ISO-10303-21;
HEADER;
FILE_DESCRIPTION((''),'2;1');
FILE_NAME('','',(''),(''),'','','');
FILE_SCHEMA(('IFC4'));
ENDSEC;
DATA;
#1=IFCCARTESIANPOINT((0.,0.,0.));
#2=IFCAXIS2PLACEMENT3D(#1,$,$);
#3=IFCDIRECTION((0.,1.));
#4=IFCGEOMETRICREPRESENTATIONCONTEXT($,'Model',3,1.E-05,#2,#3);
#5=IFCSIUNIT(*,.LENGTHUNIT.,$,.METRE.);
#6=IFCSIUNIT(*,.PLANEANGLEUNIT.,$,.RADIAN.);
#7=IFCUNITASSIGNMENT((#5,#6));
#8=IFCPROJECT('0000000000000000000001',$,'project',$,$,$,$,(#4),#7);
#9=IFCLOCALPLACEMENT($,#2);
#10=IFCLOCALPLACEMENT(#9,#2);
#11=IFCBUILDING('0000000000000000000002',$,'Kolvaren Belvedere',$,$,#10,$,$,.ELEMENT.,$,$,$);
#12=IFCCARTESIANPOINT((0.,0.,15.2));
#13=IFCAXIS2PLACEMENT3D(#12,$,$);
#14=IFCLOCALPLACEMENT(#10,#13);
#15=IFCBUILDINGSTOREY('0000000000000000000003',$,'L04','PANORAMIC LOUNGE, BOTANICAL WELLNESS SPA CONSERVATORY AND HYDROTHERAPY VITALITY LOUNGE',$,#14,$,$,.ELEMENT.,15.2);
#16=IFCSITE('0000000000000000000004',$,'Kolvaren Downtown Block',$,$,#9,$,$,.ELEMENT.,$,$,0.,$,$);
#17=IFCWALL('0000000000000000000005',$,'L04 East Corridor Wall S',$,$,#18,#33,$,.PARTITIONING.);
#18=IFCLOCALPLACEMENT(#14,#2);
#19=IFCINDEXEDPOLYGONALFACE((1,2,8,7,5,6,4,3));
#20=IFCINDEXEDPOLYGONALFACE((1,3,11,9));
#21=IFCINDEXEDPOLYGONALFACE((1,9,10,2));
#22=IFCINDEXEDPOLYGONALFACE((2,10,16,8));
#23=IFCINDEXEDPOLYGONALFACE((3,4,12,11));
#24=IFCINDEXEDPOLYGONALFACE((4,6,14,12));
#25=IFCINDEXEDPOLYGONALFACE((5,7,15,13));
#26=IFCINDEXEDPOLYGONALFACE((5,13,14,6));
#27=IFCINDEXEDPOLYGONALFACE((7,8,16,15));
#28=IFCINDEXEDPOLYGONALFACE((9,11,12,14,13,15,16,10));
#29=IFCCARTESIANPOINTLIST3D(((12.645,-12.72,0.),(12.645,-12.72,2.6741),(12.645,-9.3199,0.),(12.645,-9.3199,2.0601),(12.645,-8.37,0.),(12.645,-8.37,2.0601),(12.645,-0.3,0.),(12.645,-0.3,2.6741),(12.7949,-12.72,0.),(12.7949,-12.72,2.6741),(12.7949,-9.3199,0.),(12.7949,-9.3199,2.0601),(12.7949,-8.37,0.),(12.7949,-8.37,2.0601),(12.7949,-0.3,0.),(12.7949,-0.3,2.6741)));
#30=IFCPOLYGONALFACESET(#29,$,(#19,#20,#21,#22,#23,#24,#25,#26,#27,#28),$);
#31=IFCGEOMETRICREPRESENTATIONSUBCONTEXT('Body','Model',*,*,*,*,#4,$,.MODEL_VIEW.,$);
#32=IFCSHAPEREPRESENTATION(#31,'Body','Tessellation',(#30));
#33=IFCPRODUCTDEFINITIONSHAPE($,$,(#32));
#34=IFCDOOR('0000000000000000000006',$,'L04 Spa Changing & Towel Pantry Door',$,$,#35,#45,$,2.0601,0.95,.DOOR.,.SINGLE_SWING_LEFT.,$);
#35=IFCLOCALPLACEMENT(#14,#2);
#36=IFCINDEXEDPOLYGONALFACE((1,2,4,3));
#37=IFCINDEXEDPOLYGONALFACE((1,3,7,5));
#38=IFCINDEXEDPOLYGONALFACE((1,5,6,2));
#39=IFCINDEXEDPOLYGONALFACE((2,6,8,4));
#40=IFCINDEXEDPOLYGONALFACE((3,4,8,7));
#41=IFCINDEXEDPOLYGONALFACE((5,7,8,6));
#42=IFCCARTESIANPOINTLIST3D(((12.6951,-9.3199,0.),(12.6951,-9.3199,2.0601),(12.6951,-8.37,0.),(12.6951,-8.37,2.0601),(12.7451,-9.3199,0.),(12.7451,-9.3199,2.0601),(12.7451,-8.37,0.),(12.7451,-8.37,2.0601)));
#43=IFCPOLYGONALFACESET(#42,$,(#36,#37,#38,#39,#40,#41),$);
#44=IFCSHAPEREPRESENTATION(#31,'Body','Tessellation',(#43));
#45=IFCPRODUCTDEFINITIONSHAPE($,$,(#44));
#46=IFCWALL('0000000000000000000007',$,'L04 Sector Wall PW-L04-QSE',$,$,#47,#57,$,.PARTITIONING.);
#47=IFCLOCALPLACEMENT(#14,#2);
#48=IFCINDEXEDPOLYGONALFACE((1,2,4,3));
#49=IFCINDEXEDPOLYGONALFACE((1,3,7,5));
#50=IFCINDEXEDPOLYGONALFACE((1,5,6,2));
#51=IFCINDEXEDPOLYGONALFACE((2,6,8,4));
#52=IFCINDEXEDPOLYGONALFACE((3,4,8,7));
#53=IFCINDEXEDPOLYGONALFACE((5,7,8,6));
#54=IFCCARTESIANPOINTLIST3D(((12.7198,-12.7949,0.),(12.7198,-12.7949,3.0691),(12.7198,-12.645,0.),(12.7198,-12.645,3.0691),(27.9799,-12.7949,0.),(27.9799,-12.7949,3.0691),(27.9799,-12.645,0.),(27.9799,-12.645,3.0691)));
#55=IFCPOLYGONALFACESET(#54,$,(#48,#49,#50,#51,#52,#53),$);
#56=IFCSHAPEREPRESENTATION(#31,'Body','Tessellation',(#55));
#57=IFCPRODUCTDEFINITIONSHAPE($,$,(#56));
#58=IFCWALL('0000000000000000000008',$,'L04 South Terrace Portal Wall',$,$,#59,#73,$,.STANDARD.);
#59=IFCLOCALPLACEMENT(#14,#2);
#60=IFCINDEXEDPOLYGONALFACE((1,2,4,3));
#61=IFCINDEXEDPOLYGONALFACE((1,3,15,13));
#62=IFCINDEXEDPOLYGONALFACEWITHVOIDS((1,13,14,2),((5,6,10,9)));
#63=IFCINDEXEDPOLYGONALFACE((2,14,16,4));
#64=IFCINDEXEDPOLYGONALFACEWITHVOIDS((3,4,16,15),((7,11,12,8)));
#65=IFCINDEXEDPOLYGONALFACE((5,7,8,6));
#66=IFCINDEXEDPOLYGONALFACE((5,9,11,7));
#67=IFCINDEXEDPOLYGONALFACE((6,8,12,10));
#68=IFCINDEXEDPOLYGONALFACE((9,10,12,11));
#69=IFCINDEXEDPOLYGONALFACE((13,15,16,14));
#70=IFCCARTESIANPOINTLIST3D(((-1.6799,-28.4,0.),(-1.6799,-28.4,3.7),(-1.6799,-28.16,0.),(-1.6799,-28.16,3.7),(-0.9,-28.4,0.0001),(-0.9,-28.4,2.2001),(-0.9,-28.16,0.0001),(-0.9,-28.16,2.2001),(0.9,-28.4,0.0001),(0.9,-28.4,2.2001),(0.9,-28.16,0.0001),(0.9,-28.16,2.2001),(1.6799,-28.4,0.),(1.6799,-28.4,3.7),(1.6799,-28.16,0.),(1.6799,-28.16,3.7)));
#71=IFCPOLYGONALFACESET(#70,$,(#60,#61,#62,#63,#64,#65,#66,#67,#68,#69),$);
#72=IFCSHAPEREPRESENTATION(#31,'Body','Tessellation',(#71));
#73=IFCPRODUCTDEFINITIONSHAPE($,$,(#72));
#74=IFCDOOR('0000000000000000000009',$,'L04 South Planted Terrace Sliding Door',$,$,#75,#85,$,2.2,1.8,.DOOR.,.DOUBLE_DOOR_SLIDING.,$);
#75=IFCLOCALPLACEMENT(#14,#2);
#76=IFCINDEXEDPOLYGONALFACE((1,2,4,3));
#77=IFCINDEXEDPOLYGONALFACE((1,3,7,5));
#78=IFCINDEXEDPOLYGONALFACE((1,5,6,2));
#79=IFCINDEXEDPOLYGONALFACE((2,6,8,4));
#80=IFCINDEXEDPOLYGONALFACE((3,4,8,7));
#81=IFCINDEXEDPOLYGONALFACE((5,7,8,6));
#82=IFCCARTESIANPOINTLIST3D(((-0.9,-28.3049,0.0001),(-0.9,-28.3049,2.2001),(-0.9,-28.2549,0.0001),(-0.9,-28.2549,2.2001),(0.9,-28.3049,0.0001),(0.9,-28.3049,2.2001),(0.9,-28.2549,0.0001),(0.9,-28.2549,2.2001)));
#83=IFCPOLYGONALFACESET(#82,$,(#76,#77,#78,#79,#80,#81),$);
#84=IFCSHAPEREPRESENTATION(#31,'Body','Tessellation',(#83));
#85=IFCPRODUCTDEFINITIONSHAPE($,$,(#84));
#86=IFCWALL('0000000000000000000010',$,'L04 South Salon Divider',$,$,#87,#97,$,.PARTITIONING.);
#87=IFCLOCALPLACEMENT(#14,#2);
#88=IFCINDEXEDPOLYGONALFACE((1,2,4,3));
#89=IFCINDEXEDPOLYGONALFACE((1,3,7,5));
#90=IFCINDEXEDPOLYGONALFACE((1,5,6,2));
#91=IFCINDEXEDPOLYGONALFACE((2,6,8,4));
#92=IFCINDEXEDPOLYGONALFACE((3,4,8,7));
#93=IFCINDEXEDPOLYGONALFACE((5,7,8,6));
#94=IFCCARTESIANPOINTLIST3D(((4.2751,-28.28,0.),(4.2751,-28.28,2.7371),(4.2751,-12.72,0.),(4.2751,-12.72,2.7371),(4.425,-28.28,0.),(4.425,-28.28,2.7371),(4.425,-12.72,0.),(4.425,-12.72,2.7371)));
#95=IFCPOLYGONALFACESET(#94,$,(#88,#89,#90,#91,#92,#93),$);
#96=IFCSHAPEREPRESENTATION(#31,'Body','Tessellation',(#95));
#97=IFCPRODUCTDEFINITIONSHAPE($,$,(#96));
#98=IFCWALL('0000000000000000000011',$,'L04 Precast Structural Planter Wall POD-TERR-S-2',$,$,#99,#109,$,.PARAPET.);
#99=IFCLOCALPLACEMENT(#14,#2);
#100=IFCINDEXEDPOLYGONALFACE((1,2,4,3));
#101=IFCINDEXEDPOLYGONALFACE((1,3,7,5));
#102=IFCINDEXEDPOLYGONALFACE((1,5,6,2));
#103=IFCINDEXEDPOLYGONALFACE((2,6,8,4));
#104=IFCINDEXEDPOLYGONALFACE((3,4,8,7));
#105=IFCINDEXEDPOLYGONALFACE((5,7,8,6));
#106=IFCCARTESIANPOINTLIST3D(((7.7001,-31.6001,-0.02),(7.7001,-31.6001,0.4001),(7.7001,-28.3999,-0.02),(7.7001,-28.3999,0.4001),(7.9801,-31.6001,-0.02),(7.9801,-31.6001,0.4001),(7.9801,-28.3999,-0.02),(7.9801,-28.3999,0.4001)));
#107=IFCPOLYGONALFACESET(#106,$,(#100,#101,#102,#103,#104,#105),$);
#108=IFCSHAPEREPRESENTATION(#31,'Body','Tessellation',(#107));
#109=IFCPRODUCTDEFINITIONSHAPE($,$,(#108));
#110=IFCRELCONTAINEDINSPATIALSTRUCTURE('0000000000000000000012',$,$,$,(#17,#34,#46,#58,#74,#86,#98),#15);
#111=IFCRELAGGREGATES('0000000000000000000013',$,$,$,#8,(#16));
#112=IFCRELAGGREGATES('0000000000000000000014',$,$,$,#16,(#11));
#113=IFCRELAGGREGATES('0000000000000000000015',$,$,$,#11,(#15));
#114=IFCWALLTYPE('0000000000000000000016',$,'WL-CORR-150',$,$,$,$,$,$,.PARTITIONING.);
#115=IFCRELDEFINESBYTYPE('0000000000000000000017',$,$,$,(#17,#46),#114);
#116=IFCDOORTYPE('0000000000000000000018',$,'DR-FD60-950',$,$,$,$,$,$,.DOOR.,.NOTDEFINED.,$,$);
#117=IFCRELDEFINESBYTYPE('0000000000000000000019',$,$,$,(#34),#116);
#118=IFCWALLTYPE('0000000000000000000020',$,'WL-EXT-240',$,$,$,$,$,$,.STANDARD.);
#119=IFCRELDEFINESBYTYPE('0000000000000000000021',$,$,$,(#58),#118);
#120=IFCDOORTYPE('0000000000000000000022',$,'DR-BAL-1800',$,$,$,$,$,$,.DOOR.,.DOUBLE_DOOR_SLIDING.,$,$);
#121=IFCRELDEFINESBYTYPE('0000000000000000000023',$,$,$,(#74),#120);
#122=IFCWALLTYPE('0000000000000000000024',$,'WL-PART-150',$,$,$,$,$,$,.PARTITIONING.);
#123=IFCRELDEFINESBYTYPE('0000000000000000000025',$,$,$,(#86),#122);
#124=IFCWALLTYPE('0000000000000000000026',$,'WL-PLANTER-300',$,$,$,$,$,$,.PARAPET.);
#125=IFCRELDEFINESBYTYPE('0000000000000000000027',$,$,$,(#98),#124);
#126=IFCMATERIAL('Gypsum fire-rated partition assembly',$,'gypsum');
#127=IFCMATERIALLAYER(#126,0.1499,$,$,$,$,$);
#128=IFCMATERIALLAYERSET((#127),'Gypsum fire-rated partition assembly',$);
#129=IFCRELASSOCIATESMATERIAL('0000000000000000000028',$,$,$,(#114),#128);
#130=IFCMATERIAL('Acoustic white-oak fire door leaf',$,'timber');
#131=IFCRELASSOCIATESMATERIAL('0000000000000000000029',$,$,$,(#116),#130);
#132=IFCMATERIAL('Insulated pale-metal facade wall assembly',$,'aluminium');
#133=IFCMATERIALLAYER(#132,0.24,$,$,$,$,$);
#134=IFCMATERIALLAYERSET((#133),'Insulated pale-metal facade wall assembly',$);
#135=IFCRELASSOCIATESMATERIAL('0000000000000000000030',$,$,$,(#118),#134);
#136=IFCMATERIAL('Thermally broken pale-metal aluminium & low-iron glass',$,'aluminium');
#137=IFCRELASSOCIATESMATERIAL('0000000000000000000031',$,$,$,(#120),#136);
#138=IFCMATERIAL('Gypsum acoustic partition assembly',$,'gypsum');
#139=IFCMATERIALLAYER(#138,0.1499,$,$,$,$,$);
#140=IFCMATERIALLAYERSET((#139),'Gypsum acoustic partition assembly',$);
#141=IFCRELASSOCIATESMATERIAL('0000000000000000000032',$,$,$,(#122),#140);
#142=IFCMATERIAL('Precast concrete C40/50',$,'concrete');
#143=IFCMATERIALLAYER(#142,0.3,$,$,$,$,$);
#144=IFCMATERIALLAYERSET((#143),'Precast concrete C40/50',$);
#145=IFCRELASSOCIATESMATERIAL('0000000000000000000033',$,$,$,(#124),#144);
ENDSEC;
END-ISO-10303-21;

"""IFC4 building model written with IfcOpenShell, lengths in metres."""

from ifc_helpers import new_model, si_unit, direction, frame, frame_2d, origin, place, context, subcontext, project, spatial, rectangle, extrude, material, layer, layer_set, type_object, element, fill, save


model = new_model("IFC4")

# Units and contexts
model_context = context("Model", 3, precision=1e-05, world=origin(), true_north=direction((0.0, 1.0)))
body_context = subcontext(model_context, "Body", "Model", "MODEL_VIEW")
ifc_project = project(units=[si_unit("LENGTHUNIT", "METRE"), si_unit("PLANEANGLEUNIT", "RADIAN")], contexts=[model_context])

# Site, building, storey
site_placement = place(None, origin())
site = spatial("IfcSite", under=ifc_project, at=site_placement, Name="Kolvaren Downtown Block", CompositionType="ELEMENT", RefElevation=0.0)
building_placement = place(site_placement, origin())
building = spatial("IfcBuilding", under=site, at=building_placement, Name="Kolvaren Belvedere", CompositionType="ELEMENT")
storey_placement = place(building_placement, frame((0.0, 0.0, 15.2)))
storey = spatial("IfcBuildingStorey", under=building, at=storey_placement, Name="L04", Description="PANORAMIC LOUNGE, BOTANICAL WELLNESS SPA CONSERVATORY AND HYDROTHERAPY VITALITY LOUNGE", CompositionType="ELEMENT", Elevation=15.2)

# Wall, opening, door
ifc_material_1 = material(Name="Gypsum fire-rated partition assembly", Category="gypsum")
ifc_layer_1 = layer(ifc_material_1, 0.1499)
ifc_layer_set_1 = layer_set([ifc_layer_1], Name="Gypsum fire-rated partition assembly")
wall_type_1 = type_object("IfcWallType", Name="WL-CORR-150", PredefinedType="PARTITIONING", material=ifc_layer_set_1)
wall_1_placement = place(storey_placement, frame((12.72, -12.72, 0.0), z_axis=(0.0, 0.0, 1.0), x_axis=(0.0, 1.0, 0.0)))
wall_1 = element("IfcWall", 1, at=wall_1_placement, inside=storey, type_object=wall_type_1, Name="L04 East Corridor Wall S", PredefinedType="PARTITIONING", context=body_context, shape_type="SweptSolid", body=[
    extrude(rectangle(XDim=12.4199, YDim=0.1499, at=frame_2d((6.21, 0.0))), origin(), (0.0, 0.0, 1.0), 2.6741),
])
opening_1_placement = place(wall_1_placement, frame((3.3999, 0.0, 0.0)))
opening_1 = element("IfcOpeningElement", 2, at=opening_1_placement, cuts=wall_1, PredefinedType="OPENING", context=body_context, shape_type="SweptSolid", body=[
    extrude(rectangle(XDim=0.95, YDim=2.0601, at=frame_2d((0.4751, 1.03))), frame((0.0, 0.085, 0.0), z_axis=(0.0, -1.0, 0.0), x_axis=(1.0, 0.0, 0.0)), (0.0, 0.0, 1.0), 0.1699),
])
ifc_material_2 = material(Name="Acoustic white-oak fire door leaf", Category="timber")
door_type_1 = type_object("IfcDoorType", Name="DR-FD60-950", OperationType="NOTDEFINED", PredefinedType="DOOR", material=ifc_material_2)
door_1_placement = place(opening_1_placement, origin())
door_1 = element("IfcDoor", 3, at=door_1_placement, inside=storey, type_object=door_type_1, Name="L04 Spa Changing & Towel Pantry Door", OperationType="SINGLE_SWING_LEFT", OverallHeight=2.0601, OverallWidth=0.95, PredefinedType="DOOR", context=body_context, shape_type="SweptSolid", body=[
    extrude(rectangle(XDim=0.95, YDim=2.0601, at=frame_2d((0.4751, 1.03))), frame((0.0, 0.0249, 0.0), z_axis=(0.0, -1.0, 0.0), x_axis=(1.0, 0.0, 0.0)), (0.0, 0.0, 1.0), 0.05),
])
fill(opening_1, door_1)

# Wall
wall_2_placement = place(storey_placement, frame((12.72, -12.72, 0.0), z_axis=(0.0, 0.0, 1.0), x_axis=(1.0, 0.0, 0.0)))
element("IfcWall", 4, at=wall_2_placement, inside=storey, type_object=wall_type_1, Name="L04 Sector Wall PW-L04-QSE", PredefinedType="PARTITIONING", context=body_context, shape_type="SweptSolid", body=[
    extrude(rectangle(XDim=15.26, YDim=0.1499, at=frame_2d((7.6299, 0.0))), origin(), (0.0, 0.0, 1.0), 3.0691),
])

# Wall, opening, door
ifc_material_3 = material(Name="Insulated pale-metal facade wall assembly", Category="aluminium")
ifc_layer_2 = layer(ifc_material_3, 0.24)
ifc_layer_set_2 = layer_set([ifc_layer_2], Name="Insulated pale-metal facade wall assembly")
wall_type_2 = type_object("IfcWallType", Name="WL-EXT-240", PredefinedType="STANDARD", material=ifc_layer_set_2)
wall_3_placement = place(storey_placement, frame((1.6799, -28.28, 0.0), z_axis=(0.0, 0.0, 1.0), x_axis=(-1.0, 0.0, 0.0)))
wall_3 = element("IfcWall", 5, at=wall_3_placement, inside=storey, type_object=wall_type_2, Name="L04 South Terrace Portal Wall", PredefinedType="STANDARD", context=body_context, shape_type="SweptSolid", body=[
    extrude(rectangle(XDim=3.3599, YDim=0.24, at=frame_2d((1.6799, 0.0))), origin(), (0.0, 0.0, 1.0), 3.7),
])
opening_2_placement = place(wall_3_placement, frame((0.78, 0.0, 0.0)))
opening_2 = element("IfcOpeningElement", 6, at=opening_2_placement, cuts=wall_3, PredefinedType="OPENING", context=body_context, shape_type="SweptSolid", body=[
    extrude(rectangle(XDim=1.8, YDim=2.2, at=frame_2d((0.8999, 1.1001))), frame((0.0, 0.1299, 0.0), z_axis=(0.0, -1.0, 0.0), x_axis=(1.0, 0.0, 0.0)), (0.0, 0.0, 1.0), 0.26),
])
ifc_material_4 = material(Name="Thermally broken pale-metal aluminium & low-iron glass", Category="aluminium")
door_type_2 = type_object("IfcDoorType", Name="DR-BAL-1800", OperationType="DOUBLE_DOOR_SLIDING", PredefinedType="DOOR", material=ifc_material_4)
door_2_placement = place(opening_2_placement, origin())
door_2 = element("IfcDoor", 7, at=door_2_placement, inside=storey, type_object=door_type_2, Name="L04 South Planted Terrace Sliding Door", OperationType="DOUBLE_DOOR_SLIDING", OverallHeight=2.2, OverallWidth=1.8, PredefinedType="DOOR", context=body_context, shape_type="SweptSolid", body=[
    extrude(rectangle(XDim=1.8, YDim=2.2, at=frame_2d((0.8999, 1.1001))), frame((0.0, 0.0249, 0.0), z_axis=(0.0, -1.0, 0.0), x_axis=(1.0, 0.0, 0.0)), (0.0, 0.0, 1.0), 0.05),
])
fill(opening_2, door_2)

# Walls
ifc_material_5 = material(Name="Gypsum acoustic partition assembly", Category="gypsum")
ifc_layer_3 = layer(ifc_material_5, 0.1499)
ifc_layer_set_3 = layer_set([ifc_layer_3], Name="Gypsum acoustic partition assembly")
wall_type_3 = type_object("IfcWallType", Name="WL-PART-150", PredefinedType="PARTITIONING", material=ifc_layer_set_3)
wall_4_placement = place(storey_placement, frame((4.3501, -28.28, 0.0), z_axis=(0.0, 0.0, 1.0), x_axis=(0.0, 1.0, 0.0)))
element("IfcWall", 8, at=wall_4_placement, inside=storey, type_object=wall_type_3, Name="L04 South Salon Divider", PredefinedType="PARTITIONING", context=body_context, shape_type="SweptSolid", body=[
    extrude(rectangle(XDim=15.5601, YDim=0.1499, at=frame_2d((7.78, 0.0))), origin(), (0.0, 0.0, 1.0), 2.7371),
])
ifc_material_6 = material(Name="Precast concrete C40/50", Category="concrete")
ifc_layer_4 = layer(ifc_material_6, 0.3)
ifc_layer_set_4 = layer_set([ifc_layer_4], Name="Precast concrete C40/50")
wall_type_4 = type_object("IfcWallType", Name="WL-PLANTER-300", PredefinedType="PARAPET", material=ifc_layer_set_4)
wall_5_placement = place(storey_placement, frame((7.8401, -31.6001, -0.02), z_axis=(0.0, 0.0, 1.0), x_axis=(0.0, 1.0, 0.0)))
element("IfcWall", 9, at=wall_5_placement, inside=storey, type_object=wall_type_4, Name="L04 Precast Structural Planter Wall POD-TERR-S-2", PredefinedType="PARAPET", context=body_context, shape_type="SweptSolid", body=[
    extrude(rectangle(XDim=3.2002, YDim=0.28, at=frame_2d((1.6001, 0.0))), origin(), (0.0, 0.0, 1.0), 0.4202),
])

save(model, "model.ifc")
